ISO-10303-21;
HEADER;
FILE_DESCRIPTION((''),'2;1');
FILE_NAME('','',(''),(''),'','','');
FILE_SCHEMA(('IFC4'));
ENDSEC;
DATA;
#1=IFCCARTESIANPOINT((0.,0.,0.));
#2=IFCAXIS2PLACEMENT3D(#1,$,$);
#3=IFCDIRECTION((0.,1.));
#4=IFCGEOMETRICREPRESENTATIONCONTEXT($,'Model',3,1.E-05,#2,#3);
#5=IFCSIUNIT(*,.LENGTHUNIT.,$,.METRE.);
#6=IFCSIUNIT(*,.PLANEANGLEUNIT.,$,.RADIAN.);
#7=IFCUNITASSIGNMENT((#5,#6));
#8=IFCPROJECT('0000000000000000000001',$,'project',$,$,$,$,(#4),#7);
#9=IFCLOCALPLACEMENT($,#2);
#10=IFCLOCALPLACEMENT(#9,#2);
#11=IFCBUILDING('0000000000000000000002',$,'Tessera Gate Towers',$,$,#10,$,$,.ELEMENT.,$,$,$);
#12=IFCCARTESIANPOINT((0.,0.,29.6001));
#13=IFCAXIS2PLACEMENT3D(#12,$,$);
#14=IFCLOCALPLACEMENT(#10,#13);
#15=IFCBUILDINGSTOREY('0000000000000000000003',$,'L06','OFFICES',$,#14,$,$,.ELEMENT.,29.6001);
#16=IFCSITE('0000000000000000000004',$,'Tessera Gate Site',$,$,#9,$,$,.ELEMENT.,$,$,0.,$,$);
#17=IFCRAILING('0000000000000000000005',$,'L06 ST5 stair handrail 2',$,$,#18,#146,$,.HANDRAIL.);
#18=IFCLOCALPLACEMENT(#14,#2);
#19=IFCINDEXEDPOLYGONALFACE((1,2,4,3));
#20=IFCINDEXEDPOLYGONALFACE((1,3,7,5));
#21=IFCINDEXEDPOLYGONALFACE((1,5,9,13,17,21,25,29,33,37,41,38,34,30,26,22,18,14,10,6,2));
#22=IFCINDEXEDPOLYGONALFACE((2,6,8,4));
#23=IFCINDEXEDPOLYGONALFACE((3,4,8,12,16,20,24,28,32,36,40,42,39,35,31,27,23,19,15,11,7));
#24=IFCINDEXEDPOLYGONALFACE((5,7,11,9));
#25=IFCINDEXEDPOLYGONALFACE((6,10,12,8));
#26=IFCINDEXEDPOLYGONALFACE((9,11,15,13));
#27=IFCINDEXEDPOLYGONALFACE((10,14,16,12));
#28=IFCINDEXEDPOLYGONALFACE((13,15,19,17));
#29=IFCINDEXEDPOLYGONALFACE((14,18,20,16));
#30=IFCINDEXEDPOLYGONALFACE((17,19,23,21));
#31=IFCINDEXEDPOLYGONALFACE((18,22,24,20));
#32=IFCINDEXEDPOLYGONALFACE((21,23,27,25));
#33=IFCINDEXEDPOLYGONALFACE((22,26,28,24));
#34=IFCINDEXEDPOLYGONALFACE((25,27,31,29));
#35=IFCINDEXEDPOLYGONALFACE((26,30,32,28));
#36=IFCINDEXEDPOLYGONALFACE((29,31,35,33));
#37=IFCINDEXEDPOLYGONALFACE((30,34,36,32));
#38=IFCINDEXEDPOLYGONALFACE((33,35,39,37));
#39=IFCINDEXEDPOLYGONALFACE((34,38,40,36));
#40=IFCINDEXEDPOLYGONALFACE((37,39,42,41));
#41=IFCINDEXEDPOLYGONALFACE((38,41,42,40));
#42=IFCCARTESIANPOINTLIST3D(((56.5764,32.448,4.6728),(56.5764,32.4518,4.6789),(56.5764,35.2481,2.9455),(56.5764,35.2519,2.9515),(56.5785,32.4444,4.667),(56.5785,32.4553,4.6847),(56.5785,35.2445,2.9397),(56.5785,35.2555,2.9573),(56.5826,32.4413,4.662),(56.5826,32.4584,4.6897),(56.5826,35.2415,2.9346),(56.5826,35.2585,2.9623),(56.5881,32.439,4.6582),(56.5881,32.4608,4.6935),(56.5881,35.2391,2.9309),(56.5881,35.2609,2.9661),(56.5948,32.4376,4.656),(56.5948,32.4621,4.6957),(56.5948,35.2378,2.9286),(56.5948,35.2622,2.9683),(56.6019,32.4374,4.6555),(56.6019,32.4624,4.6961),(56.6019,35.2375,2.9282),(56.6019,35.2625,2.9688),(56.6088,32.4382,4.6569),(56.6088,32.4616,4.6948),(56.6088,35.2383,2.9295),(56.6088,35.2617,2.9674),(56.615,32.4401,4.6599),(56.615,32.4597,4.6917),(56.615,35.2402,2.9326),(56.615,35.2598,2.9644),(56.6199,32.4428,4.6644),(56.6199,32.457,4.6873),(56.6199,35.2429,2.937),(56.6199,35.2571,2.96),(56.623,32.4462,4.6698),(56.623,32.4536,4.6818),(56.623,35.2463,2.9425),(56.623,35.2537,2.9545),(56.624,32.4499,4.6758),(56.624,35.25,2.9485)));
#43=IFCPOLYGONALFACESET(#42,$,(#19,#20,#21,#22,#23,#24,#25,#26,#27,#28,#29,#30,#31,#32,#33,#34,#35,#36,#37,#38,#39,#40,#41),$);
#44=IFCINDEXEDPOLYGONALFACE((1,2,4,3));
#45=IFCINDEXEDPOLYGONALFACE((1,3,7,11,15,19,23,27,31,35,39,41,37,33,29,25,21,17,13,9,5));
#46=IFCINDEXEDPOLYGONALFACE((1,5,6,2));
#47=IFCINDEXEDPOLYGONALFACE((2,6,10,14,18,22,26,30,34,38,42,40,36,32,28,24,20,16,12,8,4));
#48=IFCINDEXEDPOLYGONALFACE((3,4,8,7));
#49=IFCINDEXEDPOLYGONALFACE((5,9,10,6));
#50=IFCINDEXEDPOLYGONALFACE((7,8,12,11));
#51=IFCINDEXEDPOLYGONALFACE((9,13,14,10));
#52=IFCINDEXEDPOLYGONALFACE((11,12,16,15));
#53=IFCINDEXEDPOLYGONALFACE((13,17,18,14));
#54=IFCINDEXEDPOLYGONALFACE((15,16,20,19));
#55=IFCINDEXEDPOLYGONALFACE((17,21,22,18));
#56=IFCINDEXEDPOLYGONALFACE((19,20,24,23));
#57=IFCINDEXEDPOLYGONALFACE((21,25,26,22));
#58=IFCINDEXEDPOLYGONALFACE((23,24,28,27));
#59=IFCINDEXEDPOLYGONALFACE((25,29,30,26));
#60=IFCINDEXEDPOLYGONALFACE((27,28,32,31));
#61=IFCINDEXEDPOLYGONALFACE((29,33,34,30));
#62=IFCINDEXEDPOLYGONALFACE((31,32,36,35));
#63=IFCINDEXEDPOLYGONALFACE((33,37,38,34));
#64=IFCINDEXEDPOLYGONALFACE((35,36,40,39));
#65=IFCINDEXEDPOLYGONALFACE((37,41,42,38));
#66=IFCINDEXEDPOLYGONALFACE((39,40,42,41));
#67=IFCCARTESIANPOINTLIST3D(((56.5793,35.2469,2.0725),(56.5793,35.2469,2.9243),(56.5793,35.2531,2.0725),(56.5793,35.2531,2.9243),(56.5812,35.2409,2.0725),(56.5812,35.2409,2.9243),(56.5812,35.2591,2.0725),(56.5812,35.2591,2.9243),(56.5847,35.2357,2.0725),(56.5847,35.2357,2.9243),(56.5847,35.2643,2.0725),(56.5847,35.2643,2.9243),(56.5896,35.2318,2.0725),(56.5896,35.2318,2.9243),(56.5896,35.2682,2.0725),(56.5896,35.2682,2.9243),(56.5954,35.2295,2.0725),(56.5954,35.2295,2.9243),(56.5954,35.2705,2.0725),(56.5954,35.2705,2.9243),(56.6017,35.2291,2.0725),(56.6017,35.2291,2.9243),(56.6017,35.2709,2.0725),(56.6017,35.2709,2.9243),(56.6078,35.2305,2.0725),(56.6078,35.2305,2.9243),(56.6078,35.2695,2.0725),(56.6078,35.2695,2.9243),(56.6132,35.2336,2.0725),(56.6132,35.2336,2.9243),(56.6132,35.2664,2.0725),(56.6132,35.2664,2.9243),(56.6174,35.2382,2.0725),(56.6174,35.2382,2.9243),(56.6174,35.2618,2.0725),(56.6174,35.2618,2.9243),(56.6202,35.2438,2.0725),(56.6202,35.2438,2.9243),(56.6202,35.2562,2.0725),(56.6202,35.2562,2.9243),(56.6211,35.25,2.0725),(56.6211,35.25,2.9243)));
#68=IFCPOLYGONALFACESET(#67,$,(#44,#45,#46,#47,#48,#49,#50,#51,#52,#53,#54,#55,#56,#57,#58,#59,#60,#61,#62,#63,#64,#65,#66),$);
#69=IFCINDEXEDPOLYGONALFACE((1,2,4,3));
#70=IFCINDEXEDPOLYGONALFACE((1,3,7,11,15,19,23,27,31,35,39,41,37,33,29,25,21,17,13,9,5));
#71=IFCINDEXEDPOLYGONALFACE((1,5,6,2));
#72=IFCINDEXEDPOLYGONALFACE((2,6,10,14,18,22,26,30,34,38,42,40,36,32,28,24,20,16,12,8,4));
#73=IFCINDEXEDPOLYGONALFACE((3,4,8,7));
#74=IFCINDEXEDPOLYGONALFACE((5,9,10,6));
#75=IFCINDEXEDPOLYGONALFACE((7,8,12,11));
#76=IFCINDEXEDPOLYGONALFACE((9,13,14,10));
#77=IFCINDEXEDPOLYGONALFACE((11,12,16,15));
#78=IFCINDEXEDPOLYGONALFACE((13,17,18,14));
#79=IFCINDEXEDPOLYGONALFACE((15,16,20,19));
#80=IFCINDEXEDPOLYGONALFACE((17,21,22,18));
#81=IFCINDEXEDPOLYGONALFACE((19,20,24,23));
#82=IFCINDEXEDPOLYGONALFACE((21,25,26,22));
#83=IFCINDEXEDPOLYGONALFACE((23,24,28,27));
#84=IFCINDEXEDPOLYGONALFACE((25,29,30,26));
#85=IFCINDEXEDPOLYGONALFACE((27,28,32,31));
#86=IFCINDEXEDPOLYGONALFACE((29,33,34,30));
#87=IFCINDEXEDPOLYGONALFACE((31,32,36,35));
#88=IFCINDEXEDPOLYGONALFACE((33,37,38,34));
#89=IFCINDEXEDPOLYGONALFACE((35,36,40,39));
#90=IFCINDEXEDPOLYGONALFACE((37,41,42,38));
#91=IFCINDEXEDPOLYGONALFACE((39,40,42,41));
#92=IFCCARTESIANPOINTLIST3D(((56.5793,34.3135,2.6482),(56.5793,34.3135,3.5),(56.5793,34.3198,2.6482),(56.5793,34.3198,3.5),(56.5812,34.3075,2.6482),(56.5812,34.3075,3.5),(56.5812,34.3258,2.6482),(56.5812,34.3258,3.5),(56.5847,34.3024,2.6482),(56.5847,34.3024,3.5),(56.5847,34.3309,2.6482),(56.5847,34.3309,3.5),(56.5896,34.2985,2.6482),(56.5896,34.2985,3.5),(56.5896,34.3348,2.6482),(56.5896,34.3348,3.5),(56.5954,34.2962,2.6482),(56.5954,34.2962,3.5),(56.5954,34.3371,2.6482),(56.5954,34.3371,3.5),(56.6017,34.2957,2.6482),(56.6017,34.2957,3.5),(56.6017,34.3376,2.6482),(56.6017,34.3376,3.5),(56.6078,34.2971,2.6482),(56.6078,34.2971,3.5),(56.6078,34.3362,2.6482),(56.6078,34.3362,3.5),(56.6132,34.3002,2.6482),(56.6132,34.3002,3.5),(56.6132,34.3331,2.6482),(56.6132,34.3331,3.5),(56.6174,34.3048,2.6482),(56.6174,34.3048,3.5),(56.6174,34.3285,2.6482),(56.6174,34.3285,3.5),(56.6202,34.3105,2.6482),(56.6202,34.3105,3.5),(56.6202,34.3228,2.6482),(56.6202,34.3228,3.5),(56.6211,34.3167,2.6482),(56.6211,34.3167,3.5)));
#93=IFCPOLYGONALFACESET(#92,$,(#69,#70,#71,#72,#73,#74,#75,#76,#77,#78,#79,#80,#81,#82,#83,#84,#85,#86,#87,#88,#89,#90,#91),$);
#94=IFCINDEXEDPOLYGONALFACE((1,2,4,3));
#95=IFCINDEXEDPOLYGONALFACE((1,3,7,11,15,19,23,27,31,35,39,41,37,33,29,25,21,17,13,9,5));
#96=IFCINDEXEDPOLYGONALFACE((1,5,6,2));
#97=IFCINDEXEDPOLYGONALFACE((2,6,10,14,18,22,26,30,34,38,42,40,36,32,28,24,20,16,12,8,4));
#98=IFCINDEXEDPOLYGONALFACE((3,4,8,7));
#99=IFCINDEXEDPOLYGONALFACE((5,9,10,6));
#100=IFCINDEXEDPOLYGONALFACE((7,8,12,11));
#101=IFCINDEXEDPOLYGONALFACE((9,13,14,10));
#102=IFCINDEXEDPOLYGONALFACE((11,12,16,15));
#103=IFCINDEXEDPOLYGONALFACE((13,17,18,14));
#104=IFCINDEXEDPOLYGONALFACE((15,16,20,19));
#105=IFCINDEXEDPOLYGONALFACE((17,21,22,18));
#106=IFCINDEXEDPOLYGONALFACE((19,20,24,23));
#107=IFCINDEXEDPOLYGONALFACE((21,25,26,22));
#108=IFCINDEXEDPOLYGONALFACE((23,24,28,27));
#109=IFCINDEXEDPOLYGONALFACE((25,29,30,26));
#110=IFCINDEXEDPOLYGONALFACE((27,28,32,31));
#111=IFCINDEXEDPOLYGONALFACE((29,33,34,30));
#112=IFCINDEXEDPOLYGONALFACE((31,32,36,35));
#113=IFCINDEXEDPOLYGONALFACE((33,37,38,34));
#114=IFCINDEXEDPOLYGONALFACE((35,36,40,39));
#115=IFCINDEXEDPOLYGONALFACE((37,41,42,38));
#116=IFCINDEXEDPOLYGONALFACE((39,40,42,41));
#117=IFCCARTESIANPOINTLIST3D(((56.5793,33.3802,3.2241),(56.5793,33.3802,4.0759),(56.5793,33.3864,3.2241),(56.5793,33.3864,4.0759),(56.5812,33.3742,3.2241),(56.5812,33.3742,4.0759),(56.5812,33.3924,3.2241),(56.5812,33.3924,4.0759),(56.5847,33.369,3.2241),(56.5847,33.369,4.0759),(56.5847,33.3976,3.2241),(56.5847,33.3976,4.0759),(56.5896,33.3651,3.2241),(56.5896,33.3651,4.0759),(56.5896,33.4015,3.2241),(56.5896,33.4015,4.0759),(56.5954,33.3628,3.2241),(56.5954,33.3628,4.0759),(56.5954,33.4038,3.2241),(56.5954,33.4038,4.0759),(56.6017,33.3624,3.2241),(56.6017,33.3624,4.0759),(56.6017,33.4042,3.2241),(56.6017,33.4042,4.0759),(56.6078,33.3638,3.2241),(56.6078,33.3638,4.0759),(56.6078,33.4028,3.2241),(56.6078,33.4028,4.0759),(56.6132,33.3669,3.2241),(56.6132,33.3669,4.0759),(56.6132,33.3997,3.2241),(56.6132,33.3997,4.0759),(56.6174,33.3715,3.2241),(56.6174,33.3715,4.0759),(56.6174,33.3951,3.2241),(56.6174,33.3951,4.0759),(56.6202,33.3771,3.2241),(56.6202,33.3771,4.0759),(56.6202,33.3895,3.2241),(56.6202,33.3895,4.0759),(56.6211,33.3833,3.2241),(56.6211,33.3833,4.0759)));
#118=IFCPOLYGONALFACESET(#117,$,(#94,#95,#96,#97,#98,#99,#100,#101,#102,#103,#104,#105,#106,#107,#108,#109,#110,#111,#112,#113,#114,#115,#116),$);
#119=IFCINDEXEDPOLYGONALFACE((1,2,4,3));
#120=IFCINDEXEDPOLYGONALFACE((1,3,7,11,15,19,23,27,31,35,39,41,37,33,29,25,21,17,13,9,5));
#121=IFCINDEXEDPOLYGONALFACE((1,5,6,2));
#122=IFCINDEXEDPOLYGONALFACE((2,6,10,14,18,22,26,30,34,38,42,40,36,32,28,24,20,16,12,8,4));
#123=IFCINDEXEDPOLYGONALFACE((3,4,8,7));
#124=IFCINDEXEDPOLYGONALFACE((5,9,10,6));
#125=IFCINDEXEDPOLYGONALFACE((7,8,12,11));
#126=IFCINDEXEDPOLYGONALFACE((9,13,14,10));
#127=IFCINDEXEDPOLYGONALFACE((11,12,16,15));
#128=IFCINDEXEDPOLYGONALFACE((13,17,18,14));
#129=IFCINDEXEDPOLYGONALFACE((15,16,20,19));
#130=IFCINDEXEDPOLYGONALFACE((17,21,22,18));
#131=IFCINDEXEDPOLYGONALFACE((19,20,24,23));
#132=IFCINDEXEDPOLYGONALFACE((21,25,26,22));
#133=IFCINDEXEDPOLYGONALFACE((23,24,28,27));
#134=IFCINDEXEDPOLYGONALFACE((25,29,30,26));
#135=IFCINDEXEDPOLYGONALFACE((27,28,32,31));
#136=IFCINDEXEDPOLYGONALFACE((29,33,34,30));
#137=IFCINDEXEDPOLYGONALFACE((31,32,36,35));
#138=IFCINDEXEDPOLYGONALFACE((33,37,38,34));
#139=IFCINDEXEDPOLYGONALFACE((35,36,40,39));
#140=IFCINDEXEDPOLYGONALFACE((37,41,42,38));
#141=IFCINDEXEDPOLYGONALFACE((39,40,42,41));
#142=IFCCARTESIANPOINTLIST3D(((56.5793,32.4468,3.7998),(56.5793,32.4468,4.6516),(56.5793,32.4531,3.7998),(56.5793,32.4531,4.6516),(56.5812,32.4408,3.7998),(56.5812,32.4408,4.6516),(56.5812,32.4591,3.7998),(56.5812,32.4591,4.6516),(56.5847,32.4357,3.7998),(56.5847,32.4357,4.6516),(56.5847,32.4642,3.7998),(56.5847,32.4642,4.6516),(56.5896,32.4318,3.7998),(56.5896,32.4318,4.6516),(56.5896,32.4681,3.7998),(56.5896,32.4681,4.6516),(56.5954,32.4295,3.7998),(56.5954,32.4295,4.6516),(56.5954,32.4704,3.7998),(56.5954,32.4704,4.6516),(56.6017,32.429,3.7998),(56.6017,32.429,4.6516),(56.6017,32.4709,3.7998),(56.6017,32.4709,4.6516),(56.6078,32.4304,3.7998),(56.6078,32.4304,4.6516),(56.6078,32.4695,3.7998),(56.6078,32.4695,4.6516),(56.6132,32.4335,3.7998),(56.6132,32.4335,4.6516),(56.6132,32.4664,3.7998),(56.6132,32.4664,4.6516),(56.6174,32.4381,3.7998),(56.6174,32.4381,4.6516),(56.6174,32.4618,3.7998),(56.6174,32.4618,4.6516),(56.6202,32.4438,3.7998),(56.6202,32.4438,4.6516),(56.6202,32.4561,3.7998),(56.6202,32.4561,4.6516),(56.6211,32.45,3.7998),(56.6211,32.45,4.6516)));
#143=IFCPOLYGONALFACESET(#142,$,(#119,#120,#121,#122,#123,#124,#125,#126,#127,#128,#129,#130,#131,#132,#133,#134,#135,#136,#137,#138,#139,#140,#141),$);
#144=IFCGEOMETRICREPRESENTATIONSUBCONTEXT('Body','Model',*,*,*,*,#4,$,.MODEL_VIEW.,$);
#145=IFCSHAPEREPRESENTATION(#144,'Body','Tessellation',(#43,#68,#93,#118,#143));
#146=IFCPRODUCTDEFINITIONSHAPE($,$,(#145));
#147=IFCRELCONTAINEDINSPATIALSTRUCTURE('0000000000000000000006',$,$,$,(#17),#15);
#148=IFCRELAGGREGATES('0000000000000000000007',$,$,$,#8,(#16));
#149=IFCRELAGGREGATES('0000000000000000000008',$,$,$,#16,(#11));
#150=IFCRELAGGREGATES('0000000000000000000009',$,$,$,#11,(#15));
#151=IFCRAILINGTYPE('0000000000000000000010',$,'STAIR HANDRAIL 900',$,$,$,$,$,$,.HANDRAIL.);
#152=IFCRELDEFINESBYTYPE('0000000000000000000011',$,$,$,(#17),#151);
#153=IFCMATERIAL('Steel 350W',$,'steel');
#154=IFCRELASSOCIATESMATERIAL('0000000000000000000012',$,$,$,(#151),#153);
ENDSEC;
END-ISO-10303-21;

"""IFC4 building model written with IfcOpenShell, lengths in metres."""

from ifc_helpers import new_model, si_unit, direction, frame, origin, origin_2d, place, context, subcontext, project, spatial, circle, extrude, material, type_object, element, save


model = new_model("IFC4")

# Units and contexts
model_context = context("Model", 3, precision=1e-05, world=origin(), true_north=direction((0.0, 1.0)))
body_context = subcontext(model_context, "Body", "Model", "MODEL_VIEW")
ifc_project = project(units=[si_unit("LENGTHUNIT", "METRE"), si_unit("PLANEANGLEUNIT", "RADIAN")], contexts=[model_context])

# Site, building, storey
site_placement = place(None, origin())
site = spatial("IfcSite", under=ifc_project, at=site_placement, Name="Tessera Gate Site", CompositionType="ELEMENT", RefElevation=0.0)
building_placement = place(site_placement, origin())
building = spatial("IfcBuilding", under=site, at=building_placement, Name="Tessera Gate Towers", CompositionType="ELEMENT")
storey_placement = place(building_placement, frame((0.0, 0.0, 29.6001)))
storey = spatial("IfcBuildingStorey", under=building, at=storey_placement, Name="L06", Description="OFFICES", CompositionType="ELEMENT", Elevation=29.6001)

# Railing
ifc_material_1 = material(Name="Steel 350W", Category="steel")
railing_type = type_object("IfcRailingType", Name="STAIR HANDRAIL 900", PredefinedType="HANDRAIL", material=ifc_material_1)
railing_placement = place(storey_placement, frame((56.6001, 35.25, 2.0725)))
element("IfcRailing", 1, at=railing_placement, inside=storey, type_object=railing_type, Name="L06 ST5 stair handrail 2", PredefinedType="HANDRAIL", context=body_context, shape_type="SweptSolid", body=[
    extrude(circle(Radius=0.0239, at=origin_2d()), frame((0.0, 0.0, 0.876), z_axis=(0.0, -0.85109, 0.52502), x_axis=(1.0, 0.0, 0.0)), (0.0, 0.0, 1.0), 3.29),
    extrude(circle(Radius=0.021, at=origin_2d()), origin(), (0.0, 0.0, 1.0), 0.8518),
    extrude(circle(Radius=0.021, at=origin_2d()), frame((0.0, -0.9333, 0.5757)), (0.0, 0.0, 1.0), 0.8518),
    extrude(circle(Radius=0.021, at=origin_2d()), frame((0.0, -1.8667, 1.1516)), (0.0, 0.0, 1.0), 0.8518),
    extrude(circle(Radius=0.021, at=origin_2d()), frame((0.0, -2.8, 1.7273)), (0.0, 0.0, 1.0), 0.8518),
])

save(model, "model.ifc")
